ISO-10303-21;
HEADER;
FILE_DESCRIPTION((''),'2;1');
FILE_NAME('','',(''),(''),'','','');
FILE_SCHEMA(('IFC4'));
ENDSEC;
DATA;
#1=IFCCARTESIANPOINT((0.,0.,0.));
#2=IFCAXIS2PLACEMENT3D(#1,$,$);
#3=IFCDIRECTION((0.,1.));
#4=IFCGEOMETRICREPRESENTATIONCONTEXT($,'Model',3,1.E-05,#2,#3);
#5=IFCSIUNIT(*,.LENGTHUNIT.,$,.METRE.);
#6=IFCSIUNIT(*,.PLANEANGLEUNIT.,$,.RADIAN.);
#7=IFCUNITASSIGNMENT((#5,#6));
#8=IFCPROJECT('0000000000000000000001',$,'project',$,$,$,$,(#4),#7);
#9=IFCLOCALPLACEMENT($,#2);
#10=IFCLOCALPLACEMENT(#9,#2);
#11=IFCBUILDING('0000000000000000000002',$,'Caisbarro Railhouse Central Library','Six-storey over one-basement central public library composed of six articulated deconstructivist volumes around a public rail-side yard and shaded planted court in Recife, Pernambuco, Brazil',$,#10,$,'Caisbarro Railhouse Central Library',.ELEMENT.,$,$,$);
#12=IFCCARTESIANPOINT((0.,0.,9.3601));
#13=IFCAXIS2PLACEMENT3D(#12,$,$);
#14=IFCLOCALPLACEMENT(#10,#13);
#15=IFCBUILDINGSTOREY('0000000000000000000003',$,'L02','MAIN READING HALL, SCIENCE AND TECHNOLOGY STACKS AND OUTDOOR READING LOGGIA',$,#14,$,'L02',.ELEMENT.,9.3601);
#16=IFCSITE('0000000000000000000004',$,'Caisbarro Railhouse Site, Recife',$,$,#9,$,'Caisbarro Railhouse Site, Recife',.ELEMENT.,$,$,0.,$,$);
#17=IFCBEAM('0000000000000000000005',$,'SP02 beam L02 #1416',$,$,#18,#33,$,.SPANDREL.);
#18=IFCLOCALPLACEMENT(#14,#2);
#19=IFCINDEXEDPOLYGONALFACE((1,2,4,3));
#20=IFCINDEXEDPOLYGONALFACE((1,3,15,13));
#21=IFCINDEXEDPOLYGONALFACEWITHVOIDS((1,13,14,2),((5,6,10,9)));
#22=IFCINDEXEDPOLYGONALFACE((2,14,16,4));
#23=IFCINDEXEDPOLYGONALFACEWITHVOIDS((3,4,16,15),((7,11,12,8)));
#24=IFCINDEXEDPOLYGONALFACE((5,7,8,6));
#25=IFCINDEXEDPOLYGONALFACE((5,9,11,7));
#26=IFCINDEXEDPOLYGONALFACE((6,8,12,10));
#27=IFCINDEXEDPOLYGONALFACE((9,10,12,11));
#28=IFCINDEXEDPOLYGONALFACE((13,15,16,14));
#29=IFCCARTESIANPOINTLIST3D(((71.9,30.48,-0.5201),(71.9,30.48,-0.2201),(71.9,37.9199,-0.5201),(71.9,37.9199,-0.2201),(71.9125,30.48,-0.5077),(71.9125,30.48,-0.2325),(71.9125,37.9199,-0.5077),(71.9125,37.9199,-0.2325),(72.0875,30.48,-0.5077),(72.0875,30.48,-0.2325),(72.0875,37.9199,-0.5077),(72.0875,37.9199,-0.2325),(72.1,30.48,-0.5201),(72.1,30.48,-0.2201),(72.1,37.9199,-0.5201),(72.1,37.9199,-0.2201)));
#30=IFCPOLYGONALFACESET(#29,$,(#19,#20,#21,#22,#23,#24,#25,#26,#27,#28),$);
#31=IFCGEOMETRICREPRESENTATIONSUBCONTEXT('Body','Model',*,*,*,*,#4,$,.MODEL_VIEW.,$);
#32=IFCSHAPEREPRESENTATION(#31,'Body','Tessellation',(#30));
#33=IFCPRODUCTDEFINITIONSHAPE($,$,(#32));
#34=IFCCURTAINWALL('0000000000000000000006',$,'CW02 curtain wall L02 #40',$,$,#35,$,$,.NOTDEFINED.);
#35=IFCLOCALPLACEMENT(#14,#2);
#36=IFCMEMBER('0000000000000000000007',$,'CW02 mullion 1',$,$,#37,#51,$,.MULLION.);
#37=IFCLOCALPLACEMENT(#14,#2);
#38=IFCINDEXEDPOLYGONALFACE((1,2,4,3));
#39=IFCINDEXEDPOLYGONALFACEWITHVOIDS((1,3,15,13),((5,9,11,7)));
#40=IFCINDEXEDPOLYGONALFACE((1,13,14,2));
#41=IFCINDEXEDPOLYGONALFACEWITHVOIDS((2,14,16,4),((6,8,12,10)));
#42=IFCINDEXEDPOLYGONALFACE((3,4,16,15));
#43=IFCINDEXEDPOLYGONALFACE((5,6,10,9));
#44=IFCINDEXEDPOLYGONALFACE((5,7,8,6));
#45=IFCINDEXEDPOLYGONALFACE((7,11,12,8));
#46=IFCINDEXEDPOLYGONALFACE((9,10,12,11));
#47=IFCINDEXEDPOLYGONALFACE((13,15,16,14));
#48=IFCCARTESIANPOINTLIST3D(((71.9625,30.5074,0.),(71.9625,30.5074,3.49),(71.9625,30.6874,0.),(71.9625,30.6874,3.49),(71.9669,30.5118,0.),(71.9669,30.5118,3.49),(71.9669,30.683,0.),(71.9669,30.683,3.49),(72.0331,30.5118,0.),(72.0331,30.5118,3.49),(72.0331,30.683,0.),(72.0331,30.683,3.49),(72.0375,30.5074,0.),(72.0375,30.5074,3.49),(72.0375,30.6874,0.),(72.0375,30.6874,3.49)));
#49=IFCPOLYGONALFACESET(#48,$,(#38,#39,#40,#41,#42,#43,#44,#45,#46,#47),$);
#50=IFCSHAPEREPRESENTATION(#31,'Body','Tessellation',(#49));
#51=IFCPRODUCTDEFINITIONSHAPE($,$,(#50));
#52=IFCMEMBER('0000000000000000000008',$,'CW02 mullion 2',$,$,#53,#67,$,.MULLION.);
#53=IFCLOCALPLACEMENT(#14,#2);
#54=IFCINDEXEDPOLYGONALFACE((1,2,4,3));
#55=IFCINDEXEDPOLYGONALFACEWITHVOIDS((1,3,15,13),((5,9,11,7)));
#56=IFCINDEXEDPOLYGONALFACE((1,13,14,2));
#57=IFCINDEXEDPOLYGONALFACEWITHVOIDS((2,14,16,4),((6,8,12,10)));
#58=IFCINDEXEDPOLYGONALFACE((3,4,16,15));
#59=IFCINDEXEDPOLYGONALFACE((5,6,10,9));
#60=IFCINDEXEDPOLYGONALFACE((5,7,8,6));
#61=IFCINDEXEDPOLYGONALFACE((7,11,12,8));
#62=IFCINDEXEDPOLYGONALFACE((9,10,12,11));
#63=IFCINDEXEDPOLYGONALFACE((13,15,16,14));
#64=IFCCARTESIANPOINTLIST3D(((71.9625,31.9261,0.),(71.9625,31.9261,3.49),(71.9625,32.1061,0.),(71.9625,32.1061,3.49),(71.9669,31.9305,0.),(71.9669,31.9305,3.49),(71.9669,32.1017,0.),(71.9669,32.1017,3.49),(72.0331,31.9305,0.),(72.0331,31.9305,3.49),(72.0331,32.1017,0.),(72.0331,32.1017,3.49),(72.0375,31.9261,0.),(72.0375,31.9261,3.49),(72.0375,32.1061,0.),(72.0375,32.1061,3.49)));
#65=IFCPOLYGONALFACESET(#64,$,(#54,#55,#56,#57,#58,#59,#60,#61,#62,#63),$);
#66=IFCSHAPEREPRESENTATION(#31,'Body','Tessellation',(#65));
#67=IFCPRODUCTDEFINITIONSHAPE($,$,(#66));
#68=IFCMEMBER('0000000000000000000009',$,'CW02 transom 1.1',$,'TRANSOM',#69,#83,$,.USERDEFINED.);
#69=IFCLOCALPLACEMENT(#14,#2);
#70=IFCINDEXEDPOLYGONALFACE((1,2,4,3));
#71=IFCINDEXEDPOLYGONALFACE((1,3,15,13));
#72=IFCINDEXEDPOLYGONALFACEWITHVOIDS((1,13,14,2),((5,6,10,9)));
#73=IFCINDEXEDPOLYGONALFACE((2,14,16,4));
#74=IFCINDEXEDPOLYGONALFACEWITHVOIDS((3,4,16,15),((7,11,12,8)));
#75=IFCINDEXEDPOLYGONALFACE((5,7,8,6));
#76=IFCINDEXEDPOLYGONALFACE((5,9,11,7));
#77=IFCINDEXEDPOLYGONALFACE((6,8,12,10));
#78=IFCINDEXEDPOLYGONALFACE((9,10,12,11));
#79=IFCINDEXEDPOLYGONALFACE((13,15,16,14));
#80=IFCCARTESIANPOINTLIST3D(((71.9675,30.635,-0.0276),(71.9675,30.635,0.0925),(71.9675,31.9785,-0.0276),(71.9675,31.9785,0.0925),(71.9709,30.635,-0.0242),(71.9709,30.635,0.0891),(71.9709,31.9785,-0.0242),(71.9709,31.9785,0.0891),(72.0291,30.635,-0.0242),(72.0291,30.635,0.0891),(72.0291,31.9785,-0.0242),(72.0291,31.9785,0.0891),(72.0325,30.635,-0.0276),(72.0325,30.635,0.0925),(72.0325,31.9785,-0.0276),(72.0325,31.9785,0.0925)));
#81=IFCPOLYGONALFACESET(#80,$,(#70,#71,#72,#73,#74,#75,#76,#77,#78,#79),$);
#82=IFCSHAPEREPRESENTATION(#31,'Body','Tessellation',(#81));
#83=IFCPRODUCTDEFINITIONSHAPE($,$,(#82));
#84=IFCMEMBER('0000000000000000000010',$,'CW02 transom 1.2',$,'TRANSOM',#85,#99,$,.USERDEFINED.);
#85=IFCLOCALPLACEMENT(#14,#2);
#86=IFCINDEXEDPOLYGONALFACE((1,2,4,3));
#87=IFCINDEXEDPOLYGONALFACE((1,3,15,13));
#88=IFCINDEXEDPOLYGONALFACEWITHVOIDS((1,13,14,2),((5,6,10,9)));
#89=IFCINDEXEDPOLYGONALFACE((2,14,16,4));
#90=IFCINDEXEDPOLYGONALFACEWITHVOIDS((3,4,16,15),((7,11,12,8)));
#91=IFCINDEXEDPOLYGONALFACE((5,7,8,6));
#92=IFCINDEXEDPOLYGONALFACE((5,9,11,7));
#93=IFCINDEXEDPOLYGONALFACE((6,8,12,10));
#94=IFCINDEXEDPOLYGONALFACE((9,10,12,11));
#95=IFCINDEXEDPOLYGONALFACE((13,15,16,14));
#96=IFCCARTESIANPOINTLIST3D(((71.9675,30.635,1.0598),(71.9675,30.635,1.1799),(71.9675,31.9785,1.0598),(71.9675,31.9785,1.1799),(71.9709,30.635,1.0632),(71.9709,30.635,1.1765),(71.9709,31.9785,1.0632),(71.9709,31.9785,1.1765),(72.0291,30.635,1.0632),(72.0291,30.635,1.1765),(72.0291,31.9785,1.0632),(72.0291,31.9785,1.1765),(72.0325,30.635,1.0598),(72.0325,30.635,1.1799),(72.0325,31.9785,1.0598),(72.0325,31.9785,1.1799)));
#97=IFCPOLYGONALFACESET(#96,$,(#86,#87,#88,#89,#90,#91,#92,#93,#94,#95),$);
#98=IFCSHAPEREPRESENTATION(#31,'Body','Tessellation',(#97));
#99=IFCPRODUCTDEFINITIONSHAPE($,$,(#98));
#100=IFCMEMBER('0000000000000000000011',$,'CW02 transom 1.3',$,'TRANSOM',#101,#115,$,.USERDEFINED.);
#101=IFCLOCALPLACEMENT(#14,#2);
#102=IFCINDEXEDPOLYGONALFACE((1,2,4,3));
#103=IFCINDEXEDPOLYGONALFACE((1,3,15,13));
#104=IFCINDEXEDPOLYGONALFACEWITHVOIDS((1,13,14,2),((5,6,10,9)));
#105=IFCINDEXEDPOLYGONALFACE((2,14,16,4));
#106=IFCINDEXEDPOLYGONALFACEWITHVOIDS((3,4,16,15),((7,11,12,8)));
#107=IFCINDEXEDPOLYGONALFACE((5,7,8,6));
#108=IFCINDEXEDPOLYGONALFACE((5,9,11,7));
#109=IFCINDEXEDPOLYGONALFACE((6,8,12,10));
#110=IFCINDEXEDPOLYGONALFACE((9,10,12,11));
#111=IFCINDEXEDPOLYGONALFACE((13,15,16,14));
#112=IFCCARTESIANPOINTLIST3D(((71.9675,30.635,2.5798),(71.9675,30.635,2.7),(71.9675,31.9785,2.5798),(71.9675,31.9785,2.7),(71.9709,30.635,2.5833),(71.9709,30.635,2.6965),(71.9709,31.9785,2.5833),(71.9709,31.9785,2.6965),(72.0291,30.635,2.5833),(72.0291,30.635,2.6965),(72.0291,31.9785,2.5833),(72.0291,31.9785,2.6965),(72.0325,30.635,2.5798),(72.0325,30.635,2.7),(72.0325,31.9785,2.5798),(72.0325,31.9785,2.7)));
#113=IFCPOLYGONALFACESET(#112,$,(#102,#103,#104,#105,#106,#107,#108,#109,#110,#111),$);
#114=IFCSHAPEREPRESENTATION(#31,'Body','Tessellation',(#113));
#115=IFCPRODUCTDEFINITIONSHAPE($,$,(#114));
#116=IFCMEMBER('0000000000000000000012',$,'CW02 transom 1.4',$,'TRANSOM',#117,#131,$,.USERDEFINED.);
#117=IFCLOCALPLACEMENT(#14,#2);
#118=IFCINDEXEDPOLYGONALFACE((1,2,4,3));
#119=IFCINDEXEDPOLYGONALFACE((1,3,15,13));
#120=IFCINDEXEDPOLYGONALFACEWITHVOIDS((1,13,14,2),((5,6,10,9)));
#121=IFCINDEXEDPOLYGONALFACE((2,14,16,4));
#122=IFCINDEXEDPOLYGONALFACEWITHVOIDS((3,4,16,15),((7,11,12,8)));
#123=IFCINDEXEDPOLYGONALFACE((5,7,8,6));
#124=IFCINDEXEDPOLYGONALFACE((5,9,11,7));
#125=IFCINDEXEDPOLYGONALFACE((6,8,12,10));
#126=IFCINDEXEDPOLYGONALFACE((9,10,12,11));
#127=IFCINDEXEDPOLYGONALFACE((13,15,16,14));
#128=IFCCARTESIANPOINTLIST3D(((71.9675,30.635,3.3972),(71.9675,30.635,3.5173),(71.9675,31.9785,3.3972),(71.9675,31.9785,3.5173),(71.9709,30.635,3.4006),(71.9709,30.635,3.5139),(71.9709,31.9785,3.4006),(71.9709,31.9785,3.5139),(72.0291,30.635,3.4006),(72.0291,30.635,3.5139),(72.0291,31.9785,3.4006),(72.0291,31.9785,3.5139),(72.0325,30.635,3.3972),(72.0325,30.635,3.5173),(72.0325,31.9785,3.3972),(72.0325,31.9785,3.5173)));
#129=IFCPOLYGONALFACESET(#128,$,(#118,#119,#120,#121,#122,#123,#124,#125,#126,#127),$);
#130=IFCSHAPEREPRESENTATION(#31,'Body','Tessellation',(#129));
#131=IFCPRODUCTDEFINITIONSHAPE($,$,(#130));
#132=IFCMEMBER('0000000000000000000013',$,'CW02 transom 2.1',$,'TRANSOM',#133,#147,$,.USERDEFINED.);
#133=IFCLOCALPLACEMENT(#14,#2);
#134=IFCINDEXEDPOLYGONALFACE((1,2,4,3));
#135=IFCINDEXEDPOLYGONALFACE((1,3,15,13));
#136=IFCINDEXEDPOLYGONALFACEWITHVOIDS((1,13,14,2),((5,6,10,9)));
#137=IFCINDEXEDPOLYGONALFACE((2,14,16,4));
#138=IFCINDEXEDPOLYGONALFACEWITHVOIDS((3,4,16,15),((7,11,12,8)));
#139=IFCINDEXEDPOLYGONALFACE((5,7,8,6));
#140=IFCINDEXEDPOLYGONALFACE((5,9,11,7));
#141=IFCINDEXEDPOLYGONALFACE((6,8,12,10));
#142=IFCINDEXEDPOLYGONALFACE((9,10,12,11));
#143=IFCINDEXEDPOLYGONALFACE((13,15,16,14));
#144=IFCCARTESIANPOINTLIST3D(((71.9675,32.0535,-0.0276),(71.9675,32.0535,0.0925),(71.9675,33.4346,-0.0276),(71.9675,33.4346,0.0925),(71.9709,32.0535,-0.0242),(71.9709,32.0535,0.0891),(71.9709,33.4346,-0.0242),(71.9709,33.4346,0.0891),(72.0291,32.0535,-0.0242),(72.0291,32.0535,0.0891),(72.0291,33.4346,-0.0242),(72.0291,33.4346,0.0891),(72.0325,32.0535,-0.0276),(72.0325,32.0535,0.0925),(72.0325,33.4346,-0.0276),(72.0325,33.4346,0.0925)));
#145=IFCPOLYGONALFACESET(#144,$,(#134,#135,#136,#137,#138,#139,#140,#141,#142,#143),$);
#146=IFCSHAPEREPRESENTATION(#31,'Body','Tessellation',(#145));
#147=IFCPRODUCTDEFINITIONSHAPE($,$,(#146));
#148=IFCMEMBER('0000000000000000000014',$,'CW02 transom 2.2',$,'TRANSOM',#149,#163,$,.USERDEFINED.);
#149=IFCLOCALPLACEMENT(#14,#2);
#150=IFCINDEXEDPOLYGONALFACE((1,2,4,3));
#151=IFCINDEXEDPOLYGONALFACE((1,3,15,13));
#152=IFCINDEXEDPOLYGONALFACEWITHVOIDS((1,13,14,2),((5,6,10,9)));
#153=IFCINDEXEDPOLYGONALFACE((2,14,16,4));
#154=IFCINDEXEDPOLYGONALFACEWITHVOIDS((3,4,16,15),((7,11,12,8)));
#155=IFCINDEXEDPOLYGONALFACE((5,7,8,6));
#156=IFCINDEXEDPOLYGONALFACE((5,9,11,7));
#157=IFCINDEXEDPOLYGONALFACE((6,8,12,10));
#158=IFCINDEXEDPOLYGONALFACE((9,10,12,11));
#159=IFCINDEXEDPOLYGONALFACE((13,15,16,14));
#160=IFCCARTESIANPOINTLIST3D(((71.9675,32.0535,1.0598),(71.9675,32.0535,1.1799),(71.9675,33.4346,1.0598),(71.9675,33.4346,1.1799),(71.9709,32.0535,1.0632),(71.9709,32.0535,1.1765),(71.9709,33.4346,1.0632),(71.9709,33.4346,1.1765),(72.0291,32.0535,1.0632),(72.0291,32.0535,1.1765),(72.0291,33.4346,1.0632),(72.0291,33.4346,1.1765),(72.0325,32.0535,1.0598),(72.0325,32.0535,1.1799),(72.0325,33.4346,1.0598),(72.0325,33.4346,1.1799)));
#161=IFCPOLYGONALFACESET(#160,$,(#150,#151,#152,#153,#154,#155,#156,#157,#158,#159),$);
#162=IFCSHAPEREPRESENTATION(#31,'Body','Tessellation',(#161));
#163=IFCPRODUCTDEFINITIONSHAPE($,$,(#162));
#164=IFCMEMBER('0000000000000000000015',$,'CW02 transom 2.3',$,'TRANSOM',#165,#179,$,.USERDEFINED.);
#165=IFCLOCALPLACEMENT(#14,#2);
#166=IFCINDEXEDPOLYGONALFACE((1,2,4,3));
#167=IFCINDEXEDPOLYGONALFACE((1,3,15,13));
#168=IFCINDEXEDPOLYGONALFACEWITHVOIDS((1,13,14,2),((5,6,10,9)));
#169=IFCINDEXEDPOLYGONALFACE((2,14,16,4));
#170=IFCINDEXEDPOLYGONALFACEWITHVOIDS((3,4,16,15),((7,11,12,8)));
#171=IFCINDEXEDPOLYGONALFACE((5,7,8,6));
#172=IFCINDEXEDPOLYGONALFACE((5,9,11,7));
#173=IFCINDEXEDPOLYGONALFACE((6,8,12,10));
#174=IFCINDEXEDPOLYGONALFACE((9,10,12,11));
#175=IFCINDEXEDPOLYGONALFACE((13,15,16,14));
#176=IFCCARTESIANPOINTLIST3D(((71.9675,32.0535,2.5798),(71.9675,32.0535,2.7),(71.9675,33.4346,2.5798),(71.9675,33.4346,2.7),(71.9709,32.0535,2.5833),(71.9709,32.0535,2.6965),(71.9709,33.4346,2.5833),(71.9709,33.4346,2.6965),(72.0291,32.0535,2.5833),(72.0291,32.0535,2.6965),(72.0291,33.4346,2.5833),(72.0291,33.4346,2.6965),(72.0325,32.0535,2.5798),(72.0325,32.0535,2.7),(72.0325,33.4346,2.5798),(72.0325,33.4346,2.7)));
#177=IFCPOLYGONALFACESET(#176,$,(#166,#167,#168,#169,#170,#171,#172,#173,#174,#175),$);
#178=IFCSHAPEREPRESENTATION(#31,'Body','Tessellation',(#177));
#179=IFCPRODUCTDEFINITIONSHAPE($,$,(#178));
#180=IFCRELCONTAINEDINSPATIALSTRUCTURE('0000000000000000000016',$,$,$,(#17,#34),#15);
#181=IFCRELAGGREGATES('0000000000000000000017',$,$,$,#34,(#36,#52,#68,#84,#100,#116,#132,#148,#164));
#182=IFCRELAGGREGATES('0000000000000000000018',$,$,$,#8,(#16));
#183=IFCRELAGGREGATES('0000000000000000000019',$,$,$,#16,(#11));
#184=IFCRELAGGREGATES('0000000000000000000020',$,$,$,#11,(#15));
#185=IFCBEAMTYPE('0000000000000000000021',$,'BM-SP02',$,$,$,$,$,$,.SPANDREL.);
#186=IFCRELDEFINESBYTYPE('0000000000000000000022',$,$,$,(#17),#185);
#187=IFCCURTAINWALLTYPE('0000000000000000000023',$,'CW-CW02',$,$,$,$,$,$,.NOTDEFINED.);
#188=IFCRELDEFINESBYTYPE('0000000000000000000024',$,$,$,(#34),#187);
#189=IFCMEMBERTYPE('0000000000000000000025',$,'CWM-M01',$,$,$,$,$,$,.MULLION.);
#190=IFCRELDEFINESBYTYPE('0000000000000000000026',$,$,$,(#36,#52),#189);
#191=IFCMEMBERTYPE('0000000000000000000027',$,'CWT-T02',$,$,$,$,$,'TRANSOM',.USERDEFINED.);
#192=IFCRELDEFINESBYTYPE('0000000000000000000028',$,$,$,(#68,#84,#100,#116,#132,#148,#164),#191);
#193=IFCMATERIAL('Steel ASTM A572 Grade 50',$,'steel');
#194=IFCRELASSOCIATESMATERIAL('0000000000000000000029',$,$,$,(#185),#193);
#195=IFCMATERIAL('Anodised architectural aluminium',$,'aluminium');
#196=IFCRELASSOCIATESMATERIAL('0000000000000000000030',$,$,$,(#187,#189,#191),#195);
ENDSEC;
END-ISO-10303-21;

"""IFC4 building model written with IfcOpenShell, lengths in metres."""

from ifc_helpers import new_model, si_unit, direction, frame, origin, origin_2d, place, context, subcontext, project, spatial, hollow_rectangle, extrude, material, material_profile, profile_set, type_object, element, aggregate, save


model = new_model("IFC4")

# Units and contexts
model_context = context("Model", 3, precision=1e-05, world=origin(), true_north=direction((0.0, 1.0)))
body_context = subcontext(model_context, "Body", "Model", "MODEL_VIEW")
ifc_project = project(units=[si_unit("LENGTHUNIT", "METRE"), si_unit("PLANEANGLEUNIT", "RADIAN")], contexts=[model_context])

# Site, building, storey
site_placement = place(None, origin())
site = spatial("IfcSite", under=ifc_project, at=site_placement, Name="Caisbarro Railhouse Site, Recife", LongName="Caisbarro Railhouse Site, Recife", CompositionType="ELEMENT", RefElevation=0.0)
building_placement = place(site_placement, origin())
building = spatial("IfcBuilding", under=site, at=building_placement, Name="Caisbarro Railhouse Central Library", Description="Six-storey over one-basement central public library composed of six articulated deconstructivist volumes around a public rail-side yard and shaded planted court in Recife, Pernambuco, Brazil", LongName="Caisbarro Railhouse Central Library", CompositionType="ELEMENT")
storey_placement = place(building_placement, frame((0.0, 0.0, 9.3601)))
storey = spatial("IfcBuildingStorey", under=building, at=storey_placement, Name="L02", Description="MAIN READING HALL, SCIENCE AND TECHNOLOGY STACKS AND OUTDOOR READING LOGGIA", LongName="L02", CompositionType="ELEMENT", Elevation=9.3601)

# Shared definitions
ifc_material_1 = material(Name="Steel ASTM A572 Grade 50", Category="steel")

# Beam
ifc_material_profile_1 = material_profile(ifc_material_1, hollow_rectangle(XDim=0.2, YDim=0.3, WallThickness=0.0125, at=origin_2d()), Name="HSS300X200X12.5")
ifc_profile_set_1 = profile_set([ifc_material_profile_1], Name="Steel ASTM A572 Grade 50")
beam_type_1 = type_object("IfcBeamType", Name="BM-SP02", PredefinedType="SPANDREL", material=ifc_profile_set_1)
beam_1_placement = place(storey_placement, frame((72.0, 30.48, -0.3701), z_axis=(0.0, 1.0, 0.0), x_axis=(-1.0, 0.0, 0.0)))
element("IfcBeam", 1, at=beam_1_placement, inside=storey, type_object=beam_type_1, Name="SP02 beam L02 #1416", PredefinedType="SPANDREL", context=body_context, shape_type="SweptSolid", body=[
    extrude(hollow_rectangle(XDim=0.2, YDim=0.3, WallThickness=0.0125, at=origin_2d()), origin(), (0.0, 0.0, 1.0), 7.4399),
])

# Curtain wall, members
ifc_material_2 = material(Name="Anodised architectural aluminium", Category="aluminium")
curtain_wall_type = type_object("IfcCurtainWallType", Name="CW-CW02", PredefinedType="NOTDEFINED", material=ifc_material_2)
curtain_wall_placement = place(storey_placement, origin())
curtain_wall = element("IfcCurtainWall", 2, at=curtain_wall_placement, inside=storey, type_object=curtain_wall_type, Name="CW02 curtain wall L02 #40", PredefinedType="NOTDEFINED")
ifc_material_profile_2 = material_profile(ifc_material_2, hollow_rectangle(XDim=0.075, YDim=0.1799, WallThickness=0.0044, at=origin_2d()), Name="ALU-MUL-75X180")
ifc_profile_set_2 = profile_set([ifc_material_profile_2], Name="Anodised architectural aluminium")
member_type_1 = type_object("IfcMemberType", Name="CWM-M01", PredefinedType="MULLION", material=ifc_profile_set_2)
member_1_placement = place(storey_placement, frame((72.0, 30.5974, 0.0), z_axis=(0.0, 0.0, 1.0), x_axis=(-1.0, 0.0, 0.0)))
member_1 = element("IfcMember", 3, at=member_1_placement, type_object=member_type_1, Name="CW02 mullion 1", PredefinedType="MULLION", context=body_context, shape_type="SweptSolid", body=[
    extrude(hollow_rectangle(XDim=0.075, YDim=0.1799, WallThickness=0.0044, at=origin_2d()), origin(), (0.0, 0.0, 1.0), 3.49),
])
member_2_placement = place(storey_placement, frame((72.0, 32.0161, 0.0), z_axis=(0.0, 0.0, 1.0), x_axis=(-1.0, 0.0, 0.0)))
member_2 = element("IfcMember", 4, at=member_2_placement, type_object=member_type_1, Name="CW02 mullion 2", PredefinedType="MULLION", context=body_context, shape_type="SweptSolid", body=[
    extrude(hollow_rectangle(XDim=0.075, YDim=0.1799, WallThickness=0.0044, at=origin_2d()), origin(), (0.0, 0.0, 1.0), 3.49),
])
ifc_material_profile_3 = material_profile(ifc_material_2, hollow_rectangle(XDim=0.0649, YDim=0.1201, WallThickness=0.0034, at=origin_2d()), Name="ALU-TRN-65X120")
ifc_profile_set_3 = profile_set([ifc_material_profile_3], Name="Anodised architectural aluminium")
member_type_2 = type_object("IfcMemberType", Name="CWT-T02", ElementType="TRANSOM", PredefinedType="USERDEFINED", material=ifc_profile_set_3)
member_3_placement = place(storey_placement, frame((72.0, 30.635, 0.0325), z_axis=(0.0, 1.0, 0.0), x_axis=(-1.0, 0.0, 0.0)))
member_3 = element("IfcMember", 5, at=member_3_placement, type_object=member_type_2, Name="CW02 transom 1.1", ObjectType="TRANSOM", PredefinedType="USERDEFINED", context=body_context, shape_type="SweptSolid", body=[
    extrude(hollow_rectangle(XDim=0.0649, YDim=0.1201, WallThickness=0.0034, at=origin_2d()), origin(), (0.0, 0.0, 1.0), 1.3435),
])
member_4_placement = place(storey_placement, frame((72.0, 30.635, 1.1199), z_axis=(0.0, 1.0, 0.0), x_axis=(-1.0, 0.0, 0.0)))
member_4 = element("IfcMember", 6, at=member_4_placement, type_object=member_type_2, Name="CW02 transom 1.2", ObjectType="TRANSOM", PredefinedType="USERDEFINED", context=body_context, shape_type="SweptSolid", body=[
    extrude(hollow_rectangle(XDim=0.0649, YDim=0.1201, WallThickness=0.0034, at=origin_2d()), origin(), (0.0, 0.0, 1.0), 1.3435),
])
member_5_placement = place(storey_placement, frame((72.0, 30.635, 2.6399), z_axis=(0.0, 1.0, 0.0), x_axis=(-1.0, 0.0, 0.0)))
member_5 = element("IfcMember", 7, at=member_5_placement, type_object=member_type_2, Name="CW02 transom 1.3", ObjectType="TRANSOM", PredefinedType="USERDEFINED", context=body_context, shape_type="SweptSolid", body=[
    extrude(hollow_rectangle(XDim=0.0649, YDim=0.1201, WallThickness=0.0034, at=origin_2d()), origin(), (0.0, 0.0, 1.0), 1.3435),
])
member_6_placement = place(storey_placement, frame((72.0, 30.635, 3.4573), z_axis=(0.0, 1.0, 0.0), x_axis=(-1.0, 0.0, 0.0)))
member_6 = element("IfcMember", 8, at=member_6_placement, type_object=member_type_2, Name="CW02 transom 1.4", ObjectType="TRANSOM", PredefinedType="USERDEFINED", context=body_context, shape_type="SweptSolid", body=[
    extrude(hollow_rectangle(XDim=0.0649, YDim=0.1201, WallThickness=0.0034, at=origin_2d()), origin(), (0.0, 0.0, 1.0), 1.3435),
])
member_7_placement = place(storey_placement, frame((72.0, 32.0535, 0.0325), z_axis=(0.0, 1.0, 0.0), x_axis=(-1.0, 0.0, 0.0)))
member_7 = element("IfcMember", 9, at=member_7_placement, type_object=member_type_2, Name="CW02 transom 2.1", ObjectType="TRANSOM", PredefinedType="USERDEFINED", context=body_context, shape_type="SweptSolid", body=[
    extrude(hollow_rectangle(XDim=0.0649, YDim=0.1201, WallThickness=0.0034, at=origin_2d()), origin(), (0.0, 0.0, 1.0), 1.3811),
])
member_8_placement = place(storey_placement, frame((72.0, 32.0535, 1.1199), z_axis=(0.0, 1.0, 0.0), x_axis=(-1.0, 0.0, 0.0)))
member_8 = element("IfcMember", 10, at=member_8_placement, type_object=member_type_2, Name="CW02 transom 2.2", ObjectType="TRANSOM", PredefinedType="USERDEFINED", context=body_context, shape_type="SweptSolid", body=[
    extrude(hollow_rectangle(XDim=0.0649, YDim=0.1201, WallThickness=0.0034, at=origin_2d()), origin(), (0.0, 0.0, 1.0), 1.3811),
])
member_9_placement = place(storey_placement, frame((72.0, 32.0535, 2.6399), z_axis=(0.0, 1.0, 0.0), x_axis=(-1.0, 0.0, 0.0)))
member_9 = element("IfcMember", 11, at=member_9_placement, type_object=member_type_2, Name="CW02 transom 2.3", ObjectType="TRANSOM", PredefinedType="USERDEFINED", context=body_context, shape_type="SweptSolid", body=[
    extrude(hollow_rectangle(XDim=0.0649, YDim=0.1201, WallThickness=0.0034, at=origin_2d()), origin(), (0.0, 0.0, 1.0), 1.3811),
])
aggregate(curtain_wall, [member_1, member_2, member_3, member_4, member_5, member_6, member_7, member_8, member_9])

save(model, "model.ifc")
